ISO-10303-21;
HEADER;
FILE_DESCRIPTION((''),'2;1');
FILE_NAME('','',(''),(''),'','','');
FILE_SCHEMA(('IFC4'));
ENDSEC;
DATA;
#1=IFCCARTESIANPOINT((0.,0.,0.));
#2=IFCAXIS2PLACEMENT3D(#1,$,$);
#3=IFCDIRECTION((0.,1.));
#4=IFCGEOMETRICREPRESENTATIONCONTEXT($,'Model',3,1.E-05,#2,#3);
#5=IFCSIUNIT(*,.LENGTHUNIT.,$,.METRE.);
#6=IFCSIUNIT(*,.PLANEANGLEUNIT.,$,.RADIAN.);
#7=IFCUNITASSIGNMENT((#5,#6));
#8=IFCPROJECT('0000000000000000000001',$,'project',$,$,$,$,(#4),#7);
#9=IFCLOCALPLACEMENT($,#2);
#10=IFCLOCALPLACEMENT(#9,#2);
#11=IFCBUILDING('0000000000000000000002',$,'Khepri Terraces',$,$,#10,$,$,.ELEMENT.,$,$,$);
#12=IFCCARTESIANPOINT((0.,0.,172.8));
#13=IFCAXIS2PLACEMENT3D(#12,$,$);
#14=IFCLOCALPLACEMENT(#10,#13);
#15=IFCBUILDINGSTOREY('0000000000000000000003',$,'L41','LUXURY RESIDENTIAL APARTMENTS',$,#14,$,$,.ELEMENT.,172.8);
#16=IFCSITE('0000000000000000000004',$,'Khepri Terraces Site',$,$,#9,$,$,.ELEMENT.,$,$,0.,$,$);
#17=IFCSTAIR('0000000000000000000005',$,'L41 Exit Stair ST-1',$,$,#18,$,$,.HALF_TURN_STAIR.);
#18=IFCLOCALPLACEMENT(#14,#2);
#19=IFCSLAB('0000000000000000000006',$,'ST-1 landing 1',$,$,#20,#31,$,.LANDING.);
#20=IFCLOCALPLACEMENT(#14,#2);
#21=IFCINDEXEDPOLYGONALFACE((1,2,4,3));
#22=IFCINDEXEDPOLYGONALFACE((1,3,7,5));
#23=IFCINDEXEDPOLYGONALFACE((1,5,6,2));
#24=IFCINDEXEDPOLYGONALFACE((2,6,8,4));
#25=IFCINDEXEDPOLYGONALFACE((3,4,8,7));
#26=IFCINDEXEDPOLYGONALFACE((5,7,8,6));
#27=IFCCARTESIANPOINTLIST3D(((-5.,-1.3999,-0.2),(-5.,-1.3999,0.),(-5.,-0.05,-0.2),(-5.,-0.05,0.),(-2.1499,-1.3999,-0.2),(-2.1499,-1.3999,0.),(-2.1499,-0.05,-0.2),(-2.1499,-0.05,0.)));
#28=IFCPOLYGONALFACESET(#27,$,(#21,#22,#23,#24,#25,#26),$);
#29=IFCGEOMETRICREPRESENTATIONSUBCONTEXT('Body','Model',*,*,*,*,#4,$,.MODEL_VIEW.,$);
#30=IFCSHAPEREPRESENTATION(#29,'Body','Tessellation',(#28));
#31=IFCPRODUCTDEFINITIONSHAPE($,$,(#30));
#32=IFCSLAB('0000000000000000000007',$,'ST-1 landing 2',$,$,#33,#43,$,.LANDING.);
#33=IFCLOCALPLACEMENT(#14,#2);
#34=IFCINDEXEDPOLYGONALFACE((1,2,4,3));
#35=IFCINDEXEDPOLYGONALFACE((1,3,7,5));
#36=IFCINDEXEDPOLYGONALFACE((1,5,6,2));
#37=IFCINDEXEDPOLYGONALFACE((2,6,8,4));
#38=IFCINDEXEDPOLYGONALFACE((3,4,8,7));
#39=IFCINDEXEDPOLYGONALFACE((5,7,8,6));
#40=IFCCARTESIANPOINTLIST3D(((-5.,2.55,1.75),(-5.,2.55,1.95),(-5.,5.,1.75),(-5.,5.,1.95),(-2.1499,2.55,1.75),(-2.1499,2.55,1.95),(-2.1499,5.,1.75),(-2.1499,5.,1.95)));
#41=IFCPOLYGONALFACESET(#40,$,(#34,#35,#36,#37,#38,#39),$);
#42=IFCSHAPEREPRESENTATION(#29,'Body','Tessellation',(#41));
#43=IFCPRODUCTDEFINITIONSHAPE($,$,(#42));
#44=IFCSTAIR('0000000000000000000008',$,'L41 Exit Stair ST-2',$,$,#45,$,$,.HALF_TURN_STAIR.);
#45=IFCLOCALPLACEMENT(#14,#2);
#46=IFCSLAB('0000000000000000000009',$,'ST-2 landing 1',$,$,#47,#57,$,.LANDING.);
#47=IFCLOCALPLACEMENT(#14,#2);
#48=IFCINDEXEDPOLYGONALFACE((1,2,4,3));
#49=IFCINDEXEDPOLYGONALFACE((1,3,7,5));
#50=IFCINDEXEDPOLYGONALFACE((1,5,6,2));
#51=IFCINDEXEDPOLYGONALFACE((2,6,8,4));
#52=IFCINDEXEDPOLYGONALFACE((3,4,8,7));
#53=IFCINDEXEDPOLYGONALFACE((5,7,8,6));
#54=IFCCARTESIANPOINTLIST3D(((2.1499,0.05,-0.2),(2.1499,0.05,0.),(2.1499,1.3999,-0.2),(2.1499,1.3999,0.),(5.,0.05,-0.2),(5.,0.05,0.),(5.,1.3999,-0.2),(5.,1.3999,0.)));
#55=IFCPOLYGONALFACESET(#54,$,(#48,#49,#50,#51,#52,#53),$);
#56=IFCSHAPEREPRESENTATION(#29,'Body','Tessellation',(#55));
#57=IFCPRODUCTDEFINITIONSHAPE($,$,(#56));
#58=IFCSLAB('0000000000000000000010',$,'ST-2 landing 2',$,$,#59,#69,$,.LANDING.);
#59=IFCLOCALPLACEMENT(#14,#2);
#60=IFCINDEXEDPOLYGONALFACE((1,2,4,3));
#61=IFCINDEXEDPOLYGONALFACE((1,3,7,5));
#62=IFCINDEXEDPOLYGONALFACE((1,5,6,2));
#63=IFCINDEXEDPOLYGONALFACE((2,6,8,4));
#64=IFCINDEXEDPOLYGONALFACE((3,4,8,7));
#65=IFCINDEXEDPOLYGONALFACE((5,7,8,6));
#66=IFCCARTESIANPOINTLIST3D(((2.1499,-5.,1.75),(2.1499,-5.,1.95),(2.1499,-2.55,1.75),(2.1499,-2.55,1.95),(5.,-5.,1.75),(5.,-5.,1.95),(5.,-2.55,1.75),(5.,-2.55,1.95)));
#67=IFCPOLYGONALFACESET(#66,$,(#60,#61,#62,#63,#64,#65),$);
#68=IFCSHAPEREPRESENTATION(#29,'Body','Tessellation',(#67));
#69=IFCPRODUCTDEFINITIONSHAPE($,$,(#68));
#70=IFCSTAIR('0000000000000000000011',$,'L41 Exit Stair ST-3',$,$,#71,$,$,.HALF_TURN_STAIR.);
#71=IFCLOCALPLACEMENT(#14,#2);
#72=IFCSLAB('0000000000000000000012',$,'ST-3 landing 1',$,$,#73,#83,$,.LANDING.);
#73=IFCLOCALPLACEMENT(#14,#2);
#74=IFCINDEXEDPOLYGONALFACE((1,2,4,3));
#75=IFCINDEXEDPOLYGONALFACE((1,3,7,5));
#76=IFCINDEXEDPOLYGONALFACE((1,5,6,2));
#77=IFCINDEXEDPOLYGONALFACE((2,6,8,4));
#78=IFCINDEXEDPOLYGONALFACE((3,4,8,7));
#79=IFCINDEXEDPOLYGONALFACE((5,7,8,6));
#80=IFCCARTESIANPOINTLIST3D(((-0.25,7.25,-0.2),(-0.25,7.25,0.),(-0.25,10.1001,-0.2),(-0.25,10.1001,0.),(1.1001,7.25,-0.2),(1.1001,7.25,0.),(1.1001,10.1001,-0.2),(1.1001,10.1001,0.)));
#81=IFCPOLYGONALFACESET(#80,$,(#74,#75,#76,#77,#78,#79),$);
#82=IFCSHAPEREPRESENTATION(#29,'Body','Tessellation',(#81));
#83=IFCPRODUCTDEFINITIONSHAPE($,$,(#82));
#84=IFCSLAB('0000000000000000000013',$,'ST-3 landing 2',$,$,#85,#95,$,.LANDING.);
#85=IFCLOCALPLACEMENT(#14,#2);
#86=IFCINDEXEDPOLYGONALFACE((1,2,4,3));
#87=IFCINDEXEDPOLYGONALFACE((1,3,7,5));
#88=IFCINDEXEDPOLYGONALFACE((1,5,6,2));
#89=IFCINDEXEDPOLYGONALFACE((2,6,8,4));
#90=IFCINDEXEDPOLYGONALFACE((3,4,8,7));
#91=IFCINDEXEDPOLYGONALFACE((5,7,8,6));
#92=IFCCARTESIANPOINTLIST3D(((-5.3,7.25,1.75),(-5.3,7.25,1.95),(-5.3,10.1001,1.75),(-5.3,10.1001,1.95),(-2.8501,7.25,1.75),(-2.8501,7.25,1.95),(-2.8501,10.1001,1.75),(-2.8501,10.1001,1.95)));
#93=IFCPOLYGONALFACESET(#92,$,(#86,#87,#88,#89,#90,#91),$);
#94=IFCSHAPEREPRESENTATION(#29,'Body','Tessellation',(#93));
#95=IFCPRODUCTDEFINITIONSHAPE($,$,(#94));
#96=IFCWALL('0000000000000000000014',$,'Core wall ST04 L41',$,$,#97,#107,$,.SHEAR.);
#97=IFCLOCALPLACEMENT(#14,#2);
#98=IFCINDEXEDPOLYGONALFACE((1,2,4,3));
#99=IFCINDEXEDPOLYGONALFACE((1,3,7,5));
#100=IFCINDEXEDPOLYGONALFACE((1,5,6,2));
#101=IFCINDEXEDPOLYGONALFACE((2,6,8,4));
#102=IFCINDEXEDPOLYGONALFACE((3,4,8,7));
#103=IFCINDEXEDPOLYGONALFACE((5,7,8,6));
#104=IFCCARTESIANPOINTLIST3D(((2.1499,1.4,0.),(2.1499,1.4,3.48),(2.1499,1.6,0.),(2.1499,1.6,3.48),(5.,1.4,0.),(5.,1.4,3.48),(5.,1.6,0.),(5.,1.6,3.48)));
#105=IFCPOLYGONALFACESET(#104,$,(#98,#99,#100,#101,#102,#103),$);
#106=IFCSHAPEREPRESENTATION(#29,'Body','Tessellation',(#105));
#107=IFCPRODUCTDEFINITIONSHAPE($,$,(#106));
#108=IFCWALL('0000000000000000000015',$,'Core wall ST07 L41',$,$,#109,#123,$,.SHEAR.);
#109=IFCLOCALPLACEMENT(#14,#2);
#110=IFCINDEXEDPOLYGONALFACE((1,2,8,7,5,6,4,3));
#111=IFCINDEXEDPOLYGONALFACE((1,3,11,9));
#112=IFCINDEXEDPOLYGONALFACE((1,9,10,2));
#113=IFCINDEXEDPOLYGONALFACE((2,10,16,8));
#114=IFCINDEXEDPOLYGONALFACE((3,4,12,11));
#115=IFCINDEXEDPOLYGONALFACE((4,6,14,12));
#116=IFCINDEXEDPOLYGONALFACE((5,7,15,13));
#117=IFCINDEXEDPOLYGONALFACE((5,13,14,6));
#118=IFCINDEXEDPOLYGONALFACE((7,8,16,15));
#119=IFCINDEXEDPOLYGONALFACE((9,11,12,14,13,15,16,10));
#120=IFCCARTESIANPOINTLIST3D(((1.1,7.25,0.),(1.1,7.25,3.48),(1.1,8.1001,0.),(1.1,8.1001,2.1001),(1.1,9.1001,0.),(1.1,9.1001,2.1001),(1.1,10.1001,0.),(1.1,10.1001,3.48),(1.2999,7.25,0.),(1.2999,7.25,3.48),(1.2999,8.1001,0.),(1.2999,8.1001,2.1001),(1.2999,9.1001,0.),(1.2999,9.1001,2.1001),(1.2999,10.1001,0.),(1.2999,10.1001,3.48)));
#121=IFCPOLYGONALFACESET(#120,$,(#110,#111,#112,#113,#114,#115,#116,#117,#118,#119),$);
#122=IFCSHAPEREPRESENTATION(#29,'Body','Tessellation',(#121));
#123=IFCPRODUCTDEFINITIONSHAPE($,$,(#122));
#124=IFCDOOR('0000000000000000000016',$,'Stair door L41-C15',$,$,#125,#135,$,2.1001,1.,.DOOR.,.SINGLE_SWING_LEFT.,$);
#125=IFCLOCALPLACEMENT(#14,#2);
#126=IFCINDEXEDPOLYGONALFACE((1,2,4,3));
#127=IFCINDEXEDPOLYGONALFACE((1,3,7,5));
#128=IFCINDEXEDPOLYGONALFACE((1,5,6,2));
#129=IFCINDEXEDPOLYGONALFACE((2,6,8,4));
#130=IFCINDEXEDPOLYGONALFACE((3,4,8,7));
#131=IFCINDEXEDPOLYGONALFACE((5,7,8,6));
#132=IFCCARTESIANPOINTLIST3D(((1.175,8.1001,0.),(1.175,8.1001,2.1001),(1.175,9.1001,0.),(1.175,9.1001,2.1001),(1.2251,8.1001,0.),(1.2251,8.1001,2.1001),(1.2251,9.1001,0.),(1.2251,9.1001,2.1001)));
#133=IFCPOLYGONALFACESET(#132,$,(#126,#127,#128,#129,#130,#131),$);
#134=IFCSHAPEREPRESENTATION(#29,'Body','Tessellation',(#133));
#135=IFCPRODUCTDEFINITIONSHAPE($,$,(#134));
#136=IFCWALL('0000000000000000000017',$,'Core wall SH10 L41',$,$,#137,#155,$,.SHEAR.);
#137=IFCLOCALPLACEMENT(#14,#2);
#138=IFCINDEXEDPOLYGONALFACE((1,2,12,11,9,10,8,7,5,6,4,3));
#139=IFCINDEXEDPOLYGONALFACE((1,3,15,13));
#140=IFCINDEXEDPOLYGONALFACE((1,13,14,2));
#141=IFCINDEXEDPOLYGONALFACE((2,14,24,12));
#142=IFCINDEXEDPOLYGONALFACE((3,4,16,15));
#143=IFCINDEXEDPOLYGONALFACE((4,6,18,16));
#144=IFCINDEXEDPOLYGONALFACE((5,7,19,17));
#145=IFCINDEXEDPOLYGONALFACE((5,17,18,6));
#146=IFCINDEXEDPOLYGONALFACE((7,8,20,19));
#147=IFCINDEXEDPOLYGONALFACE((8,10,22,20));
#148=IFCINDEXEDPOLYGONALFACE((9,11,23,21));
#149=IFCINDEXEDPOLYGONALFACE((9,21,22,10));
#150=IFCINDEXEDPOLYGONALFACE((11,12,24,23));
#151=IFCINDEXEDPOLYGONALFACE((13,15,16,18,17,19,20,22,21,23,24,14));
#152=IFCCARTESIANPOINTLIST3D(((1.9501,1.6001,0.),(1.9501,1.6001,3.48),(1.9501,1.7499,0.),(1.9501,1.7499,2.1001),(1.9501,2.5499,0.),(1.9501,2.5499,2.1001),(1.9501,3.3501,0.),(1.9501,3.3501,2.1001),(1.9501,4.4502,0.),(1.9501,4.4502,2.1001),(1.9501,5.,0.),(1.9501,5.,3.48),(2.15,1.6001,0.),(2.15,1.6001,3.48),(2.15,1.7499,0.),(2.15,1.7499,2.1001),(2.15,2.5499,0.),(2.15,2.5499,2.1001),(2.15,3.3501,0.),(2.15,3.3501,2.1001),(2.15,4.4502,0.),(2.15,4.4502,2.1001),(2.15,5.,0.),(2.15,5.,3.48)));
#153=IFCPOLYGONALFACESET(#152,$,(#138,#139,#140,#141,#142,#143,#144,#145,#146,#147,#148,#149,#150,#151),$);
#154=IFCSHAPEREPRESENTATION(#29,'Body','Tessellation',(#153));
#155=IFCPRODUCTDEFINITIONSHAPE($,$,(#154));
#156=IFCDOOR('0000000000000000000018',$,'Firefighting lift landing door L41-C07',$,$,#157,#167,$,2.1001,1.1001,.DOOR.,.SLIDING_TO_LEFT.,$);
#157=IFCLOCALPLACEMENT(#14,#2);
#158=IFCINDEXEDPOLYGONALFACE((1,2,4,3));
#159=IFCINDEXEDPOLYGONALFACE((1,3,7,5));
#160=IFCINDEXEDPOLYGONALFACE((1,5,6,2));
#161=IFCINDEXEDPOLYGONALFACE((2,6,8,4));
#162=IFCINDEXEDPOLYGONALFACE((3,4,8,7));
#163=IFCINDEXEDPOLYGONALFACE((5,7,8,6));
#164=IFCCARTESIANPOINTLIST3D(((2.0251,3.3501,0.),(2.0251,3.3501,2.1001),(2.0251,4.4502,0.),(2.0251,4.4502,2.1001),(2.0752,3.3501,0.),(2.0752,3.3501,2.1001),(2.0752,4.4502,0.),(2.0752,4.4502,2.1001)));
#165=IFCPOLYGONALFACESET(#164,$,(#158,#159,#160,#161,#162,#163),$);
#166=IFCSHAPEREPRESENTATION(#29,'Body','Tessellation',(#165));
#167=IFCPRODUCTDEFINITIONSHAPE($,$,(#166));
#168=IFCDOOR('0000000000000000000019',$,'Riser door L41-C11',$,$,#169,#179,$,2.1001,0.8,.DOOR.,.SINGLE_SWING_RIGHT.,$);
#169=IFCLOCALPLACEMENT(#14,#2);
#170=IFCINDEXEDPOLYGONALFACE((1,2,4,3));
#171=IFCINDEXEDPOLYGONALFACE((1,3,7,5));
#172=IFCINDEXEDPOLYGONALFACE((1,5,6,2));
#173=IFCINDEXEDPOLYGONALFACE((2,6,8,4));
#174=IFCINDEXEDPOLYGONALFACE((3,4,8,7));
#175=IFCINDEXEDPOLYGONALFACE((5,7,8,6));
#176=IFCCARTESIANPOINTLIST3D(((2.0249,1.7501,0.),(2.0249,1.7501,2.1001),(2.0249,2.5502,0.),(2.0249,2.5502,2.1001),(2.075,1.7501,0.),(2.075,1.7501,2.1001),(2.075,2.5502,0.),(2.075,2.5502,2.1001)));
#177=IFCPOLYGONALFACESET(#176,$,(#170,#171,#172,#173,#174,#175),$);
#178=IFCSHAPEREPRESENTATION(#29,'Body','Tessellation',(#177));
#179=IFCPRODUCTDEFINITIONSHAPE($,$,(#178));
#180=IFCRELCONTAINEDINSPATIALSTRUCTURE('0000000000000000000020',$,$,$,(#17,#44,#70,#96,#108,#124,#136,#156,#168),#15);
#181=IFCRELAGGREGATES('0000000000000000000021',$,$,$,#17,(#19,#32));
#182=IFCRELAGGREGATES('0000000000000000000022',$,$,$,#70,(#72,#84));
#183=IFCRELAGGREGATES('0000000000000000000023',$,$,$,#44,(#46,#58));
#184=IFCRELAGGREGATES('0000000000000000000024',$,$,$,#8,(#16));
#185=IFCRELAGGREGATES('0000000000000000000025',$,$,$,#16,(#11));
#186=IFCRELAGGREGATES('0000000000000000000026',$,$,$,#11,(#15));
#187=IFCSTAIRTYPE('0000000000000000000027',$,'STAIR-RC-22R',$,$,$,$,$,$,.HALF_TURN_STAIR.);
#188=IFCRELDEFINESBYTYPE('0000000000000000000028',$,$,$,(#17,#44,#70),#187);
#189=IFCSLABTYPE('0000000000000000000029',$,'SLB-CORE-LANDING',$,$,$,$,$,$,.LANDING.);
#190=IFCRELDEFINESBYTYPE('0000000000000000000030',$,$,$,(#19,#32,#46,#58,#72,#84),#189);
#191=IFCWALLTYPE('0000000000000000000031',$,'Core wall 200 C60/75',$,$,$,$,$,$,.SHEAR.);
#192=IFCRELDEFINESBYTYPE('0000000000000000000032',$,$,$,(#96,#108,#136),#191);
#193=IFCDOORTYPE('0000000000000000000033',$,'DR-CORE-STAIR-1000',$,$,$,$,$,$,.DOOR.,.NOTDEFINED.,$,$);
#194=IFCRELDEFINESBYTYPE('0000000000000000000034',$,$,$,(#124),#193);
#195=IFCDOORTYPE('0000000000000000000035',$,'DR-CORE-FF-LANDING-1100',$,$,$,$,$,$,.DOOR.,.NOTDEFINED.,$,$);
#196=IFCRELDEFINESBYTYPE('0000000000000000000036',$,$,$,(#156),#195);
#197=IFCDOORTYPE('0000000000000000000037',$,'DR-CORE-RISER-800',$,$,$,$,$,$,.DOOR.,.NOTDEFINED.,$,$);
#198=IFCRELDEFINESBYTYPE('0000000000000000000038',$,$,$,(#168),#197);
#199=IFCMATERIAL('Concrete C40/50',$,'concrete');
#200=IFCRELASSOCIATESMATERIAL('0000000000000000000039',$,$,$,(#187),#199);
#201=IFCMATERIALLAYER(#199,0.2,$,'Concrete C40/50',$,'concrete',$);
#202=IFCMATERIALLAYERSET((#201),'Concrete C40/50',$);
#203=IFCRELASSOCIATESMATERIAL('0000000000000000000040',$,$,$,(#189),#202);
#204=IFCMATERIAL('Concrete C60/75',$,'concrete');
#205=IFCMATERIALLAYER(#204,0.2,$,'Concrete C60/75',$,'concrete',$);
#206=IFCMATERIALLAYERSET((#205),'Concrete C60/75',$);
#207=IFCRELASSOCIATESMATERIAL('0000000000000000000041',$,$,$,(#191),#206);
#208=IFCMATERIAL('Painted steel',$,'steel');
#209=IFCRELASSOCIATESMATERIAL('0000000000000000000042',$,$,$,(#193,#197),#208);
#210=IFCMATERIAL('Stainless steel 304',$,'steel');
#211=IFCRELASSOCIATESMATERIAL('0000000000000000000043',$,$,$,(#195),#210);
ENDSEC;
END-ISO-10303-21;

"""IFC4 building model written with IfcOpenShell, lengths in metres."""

from ifc_helpers import new_model, si_unit, direction, frame, frame_2d, origin, place, context, subcontext, project, spatial, polyline, rectangle, outline, extrude, material, layer, layer_set, type_object, element, fill, aggregate, save


model = new_model("IFC4")

# Units and contexts
model_context = context("Model", 3, precision=1e-05, world=origin(), true_north=direction((0.0, 1.0)))
body_context = subcontext(model_context, "Body", "Model", "MODEL_VIEW")
ifc_project = project(units=[si_unit("LENGTHUNIT", "METRE"), si_unit("PLANEANGLEUNIT", "RADIAN")], contexts=[model_context])

# Site, building, storey
site_placement = place(None, origin())
site = spatial("IfcSite", under=ifc_project, at=site_placement, Name="Khepri Terraces Site", CompositionType="ELEMENT", RefElevation=0.0)
building_placement = place(site_placement, origin())
building = spatial("IfcBuilding", under=site, at=building_placement, Name="Khepri Terraces", CompositionType="ELEMENT")
storey_placement = place(building_placement, frame((0.0, 0.0, 172.8)))
storey = spatial("IfcBuildingStorey", under=building, at=storey_placement, Name="L41", Description="LUXURY RESIDENTIAL APARTMENTS", CompositionType="ELEMENT", Elevation=172.8)

# Stairs, slabs
ifc_material_1 = material(Name="Concrete C40/50", Category="concrete")
stair_type = type_object("IfcStairType", Name="STAIR-RC-22R", PredefinedType="HALF_TURN_STAIR", material=ifc_material_1)
stair_1_placement = place(storey_placement, origin())
stair_1 = element("IfcStair", 1, at=stair_1_placement, inside=storey, type_object=stair_type, Name="L41 Exit Stair ST-1", PredefinedType="HALF_TURN_STAIR")
ifc_layer_1 = layer(ifc_material_1, 0.2, Name="Concrete C40/50", Category="concrete")
ifc_layer_set_1 = layer_set([ifc_layer_1], Name="Concrete C40/50")
slab_type = type_object("IfcSlabType", Name="SLB-CORE-LANDING", PredefinedType="LANDING", material=ifc_layer_set_1)
slab_1_placement = place(storey_placement, frame((0.0, 0.0, -0.2)))
slab_1 = element("IfcSlab", 2, at=slab_1_placement, type_object=slab_type, Name="ST-1 landing 1", PredefinedType="LANDING", context=body_context, shape_type="SweptSolid", body=[
    extrude(outline(polyline([(-2.1499, -1.3999), (-2.1499, -0.05), (-5.0, -0.05), (-5.0, -1.3999), (-2.1499, -1.3999)])), origin(), (0.0, 0.0, 1.0), 0.2),
])
slab_2_placement = place(storey_placement, frame((0.0, 0.0, 1.75)))
slab_2 = element("IfcSlab", 3, at=slab_2_placement, type_object=slab_type, Name="ST-1 landing 2", PredefinedType="LANDING", context=body_context, shape_type="SweptSolid", body=[
    extrude(outline(polyline([(-2.1499, 2.55), (-2.1499, 5.0), (-5.0, 5.0), (-5.0, 2.55), (-2.1499, 2.55)])), origin(), (0.0, 0.0, 1.0), 0.2),
])
aggregate(stair_1, [slab_1, slab_2])
stair_2_placement = place(storey_placement, origin())
stair_2 = element("IfcStair", 4, at=stair_2_placement, inside=storey, type_object=stair_type, Name="L41 Exit Stair ST-2", PredefinedType="HALF_TURN_STAIR")
slab_3_placement = place(storey_placement, frame((0.0, 0.0, -0.2)))
slab_3 = element("IfcSlab", 5, at=slab_3_placement, type_object=slab_type, Name="ST-2 landing 1", PredefinedType="LANDING", context=body_context, shape_type="SweptSolid", body=[
    extrude(outline(polyline([(2.1499, 1.3999), (2.1499, 0.05), (5.0, 0.05), (5.0, 1.3999), (2.1499, 1.3999)])), origin(), (0.0, 0.0, 1.0), 0.2),
])
slab_4_placement = place(storey_placement, frame((0.0, 0.0, 1.75)))
slab_4 = element("IfcSlab", 6, at=slab_4_placement, type_object=slab_type, Name="ST-2 landing 2", PredefinedType="LANDING", context=body_context, shape_type="SweptSolid", body=[
    extrude(outline(polyline([(2.1499, -2.55), (2.1499, -5.0), (5.0, -5.0), (5.0, -2.55), (2.1499, -2.55)])), origin(), (0.0, 0.0, 1.0), 0.2),
])
stair_3_placement = place(storey_placement, origin())
stair_3 = element("IfcStair", 7, at=stair_3_placement, inside=storey, type_object=stair_type, Name="L41 Exit Stair ST-3", PredefinedType="HALF_TURN_STAIR")
slab_5_placement = place(storey_placement, frame((0.0, 0.0, -0.2)))
slab_5 = element("IfcSlab", 8, at=slab_5_placement, type_object=slab_type, Name="ST-3 landing 1", PredefinedType="LANDING", context=body_context, shape_type="SweptSolid", body=[
    extrude(outline(polyline([(1.1001, 10.1001), (-0.25, 10.1001), (-0.25, 7.25), (1.1001, 7.25), (1.1001, 10.1001)])), origin(), (0.0, 0.0, 1.0), 0.2),
])
slab_6_placement = place(storey_placement, frame((0.0, 0.0, 1.75)))
slab_6 = element("IfcSlab", 9, at=slab_6_placement, type_object=slab_type, Name="ST-3 landing 2", PredefinedType="LANDING", context=body_context, shape_type="SweptSolid", body=[
    extrude(outline(polyline([(-2.8501, 10.1001), (-5.3, 10.1001), (-5.3, 7.25), (-2.8501, 7.25), (-2.8501, 10.1001)])), origin(), (0.0, 0.0, 1.0), 0.2),
])
aggregate(stair_3, [slab_5, slab_6])

# Wall
ifc_material_2 = material(Name="Concrete C60/75", Category="concrete")
ifc_layer_2 = layer(ifc_material_2, 0.2, Name="Concrete C60/75", Category="concrete")
ifc_layer_set_2 = layer_set([ifc_layer_2], Name="Concrete C60/75")
wall_type = type_object("IfcWallType", Name="Core wall 200 C60/75", PredefinedType="SHEAR", material=ifc_layer_set_2)
wall_1_placement = place(storey_placement, frame((2.1499, 1.5, 0.0), z_axis=(0.0, 0.0, 1.0), x_axis=(1.0, 0.0, 0.0)))
element("IfcWall", 10, at=wall_1_placement, inside=storey, type_object=wall_type, Name="Core wall ST04 L41", PredefinedType="SHEAR", context=body_context, shape_type="SweptSolid", body=[
    extrude(rectangle(XDim=2.8501, YDim=0.2, at=frame_2d((1.425, 0.0))), origin(), (0.0, 0.0, 1.0), 3.48),
])

# Wall, opening, door
wall_2_placement = place(storey_placement, frame((1.2, 7.25, 0.0), z_axis=(0.0, 0.0, 1.0), x_axis=(0.0, 1.0, 0.0)))
wall_2 = element("IfcWall", 11, at=wall_2_placement, inside=storey, type_object=wall_type, Name="Core wall ST07 L41", PredefinedType="SHEAR", context=body_context, shape_type="SweptSolid", body=[
    extrude(rectangle(XDim=2.8501, YDim=0.2, at=frame_2d((1.425, 0.0))), origin(), (0.0, 0.0, 1.0), 3.48),
])
opening_1_placement = place(wall_2_placement, frame((0.8501, 0.0, 0.0)))
opening_1 = element("IfcOpeningElement", 12, at=opening_1_placement, cuts=wall_2, PredefinedType="OPENING", context=body_context, shape_type="SweptSolid", body=[
    extrude(rectangle(XDim=1.0, YDim=2.1001, at=frame_2d((0.5, 1.05))), frame((0.0, 0.1099, 0.0), z_axis=(0.0, -1.0, 0.0), x_axis=(1.0, 0.0, 0.0)), (0.0, 0.0, 1.0), 0.22),
])
ifc_material_3 = material(Name="Painted steel", Category="steel")
door_type_1 = type_object("IfcDoorType", Name="DR-CORE-STAIR-1000", OperationType="NOTDEFINED", PredefinedType="DOOR", material=ifc_material_3)
door_1_placement = place(opening_1_placement, origin())
door_1 = element("IfcDoor", 13, at=door_1_placement, inside=storey, type_object=door_type_1, Name="Stair door L41-C15", OperationType="SINGLE_SWING_LEFT", OverallHeight=2.1001, OverallWidth=1.0, PredefinedType="DOOR", context=body_context, shape_type="SweptSolid", body=[
    extrude(rectangle(XDim=1.0, YDim=2.1001, at=frame_2d((0.5, 1.05))), frame((0.0, 0.0249, 0.0), z_axis=(0.0, -1.0, 0.0), x_axis=(1.0, 0.0, 0.0)), (0.0, 0.0, 1.0), 0.05),
])
fill(opening_1, door_1)

# Wall, openings, doors
wall_3_placement = place(storey_placement, frame((2.05, 1.6001, 0.0), z_axis=(0.0, 0.0, 1.0), x_axis=(0.0, 1.0, 0.0)))
wall_3 = element("IfcWall", 14, at=wall_3_placement, inside=storey, type_object=wall_type, Name="Core wall SH10 L41", PredefinedType="SHEAR", context=body_context, shape_type="SweptSolid", body=[
    extrude(rectangle(XDim=3.3999, YDim=0.2, at=frame_2d((1.7, 0.0))), origin(), (0.0, 0.0, 1.0), 3.48),
])
opening_2_placement = place(wall_3_placement, frame((1.75, 0.0, 0.0)))
opening_2 = element("IfcOpeningElement", 15, at=opening_2_placement, cuts=wall_3, PredefinedType="OPENING", context=body_context, shape_type="SweptSolid", body=[
    extrude(rectangle(XDim=1.1001, YDim=2.1001, at=frame_2d((0.55, 1.05))), frame((0.0, 0.1099, 0.0), z_axis=(0.0, -1.0, 0.0), x_axis=(1.0, 0.0, 0.0)), (0.0, 0.0, 1.0), 0.22),
])
opening_3_placement = place(wall_3_placement, frame((0.1499, 0.0, 0.0)))
opening_3 = element("IfcOpeningElement", 16, at=opening_3_placement, cuts=wall_3, PredefinedType="OPENING", context=body_context, shape_type="SweptSolid", body=[
    extrude(rectangle(XDim=0.8, YDim=2.1001, at=frame_2d((0.3999, 1.05))), frame((0.0, 0.1099, 0.0), z_axis=(0.0, -1.0, 0.0), x_axis=(1.0, 0.0, 0.0)), (0.0, 0.0, 1.0), 0.22),
])
ifc_material_4 = material(Name="Stainless steel 304", Category="steel")
door_type_2 = type_object("IfcDoorType", Name="DR-CORE-FF-LANDING-1100", OperationType="NOTDEFINED", PredefinedType="DOOR", material=ifc_material_4)
door_2_placement = place(opening_2_placement, origin())
door_2 = element("IfcDoor", 17, at=door_2_placement, inside=storey, type_object=door_type_2, Name="Firefighting lift landing door L41-C07", OperationType="SLIDING_TO_LEFT", OverallHeight=2.1001, OverallWidth=1.1001, PredefinedType="DOOR", context=body_context, shape_type="SweptSolid", body=[
    extrude(rectangle(XDim=1.1001, YDim=2.1001, at=frame_2d((0.55, 1.05))), frame((0.0, 0.0249, 0.0), z_axis=(0.0, -1.0, 0.0), x_axis=(1.0, 0.0, 0.0)), (0.0, 0.0, 1.0), 0.05),
])
fill(opening_2, door_2)
door_type_3 = type_object("IfcDoorType", Name="DR-CORE-RISER-800", OperationType="NOTDEFINED", PredefinedType="DOOR", material=ifc_material_3)
door_3_placement = place(opening_3_placement, frame((0.8, 0.0, 0.0), z_axis=(0.0, 0.0, 1.0), x_axis=(-1.0, 0.0, 0.0)))
door_3 = element("IfcDoor", 18, at=door_3_placement, inside=storey, type_object=door_type_3, Name="Riser door L41-C11", OperationType="SINGLE_SWING_RIGHT", OverallHeight=2.1001, OverallWidth=0.8, PredefinedType="DOOR", context=body_context, shape_type="SweptSolid", body=[
    extrude(rectangle(XDim=0.8, YDim=2.1001, at=frame_2d((0.3999, 1.05))), frame((0.0, 0.0249, 0.0), z_axis=(0.0, -1.0, 0.0), x_axis=(1.0, 0.0, 0.0)), (0.0, 0.0, 1.0), 0.05),
])
fill(opening_3, door_3)

aggregate(stair_2, [slab_3, slab_4])

save(model, "model.ifc")
